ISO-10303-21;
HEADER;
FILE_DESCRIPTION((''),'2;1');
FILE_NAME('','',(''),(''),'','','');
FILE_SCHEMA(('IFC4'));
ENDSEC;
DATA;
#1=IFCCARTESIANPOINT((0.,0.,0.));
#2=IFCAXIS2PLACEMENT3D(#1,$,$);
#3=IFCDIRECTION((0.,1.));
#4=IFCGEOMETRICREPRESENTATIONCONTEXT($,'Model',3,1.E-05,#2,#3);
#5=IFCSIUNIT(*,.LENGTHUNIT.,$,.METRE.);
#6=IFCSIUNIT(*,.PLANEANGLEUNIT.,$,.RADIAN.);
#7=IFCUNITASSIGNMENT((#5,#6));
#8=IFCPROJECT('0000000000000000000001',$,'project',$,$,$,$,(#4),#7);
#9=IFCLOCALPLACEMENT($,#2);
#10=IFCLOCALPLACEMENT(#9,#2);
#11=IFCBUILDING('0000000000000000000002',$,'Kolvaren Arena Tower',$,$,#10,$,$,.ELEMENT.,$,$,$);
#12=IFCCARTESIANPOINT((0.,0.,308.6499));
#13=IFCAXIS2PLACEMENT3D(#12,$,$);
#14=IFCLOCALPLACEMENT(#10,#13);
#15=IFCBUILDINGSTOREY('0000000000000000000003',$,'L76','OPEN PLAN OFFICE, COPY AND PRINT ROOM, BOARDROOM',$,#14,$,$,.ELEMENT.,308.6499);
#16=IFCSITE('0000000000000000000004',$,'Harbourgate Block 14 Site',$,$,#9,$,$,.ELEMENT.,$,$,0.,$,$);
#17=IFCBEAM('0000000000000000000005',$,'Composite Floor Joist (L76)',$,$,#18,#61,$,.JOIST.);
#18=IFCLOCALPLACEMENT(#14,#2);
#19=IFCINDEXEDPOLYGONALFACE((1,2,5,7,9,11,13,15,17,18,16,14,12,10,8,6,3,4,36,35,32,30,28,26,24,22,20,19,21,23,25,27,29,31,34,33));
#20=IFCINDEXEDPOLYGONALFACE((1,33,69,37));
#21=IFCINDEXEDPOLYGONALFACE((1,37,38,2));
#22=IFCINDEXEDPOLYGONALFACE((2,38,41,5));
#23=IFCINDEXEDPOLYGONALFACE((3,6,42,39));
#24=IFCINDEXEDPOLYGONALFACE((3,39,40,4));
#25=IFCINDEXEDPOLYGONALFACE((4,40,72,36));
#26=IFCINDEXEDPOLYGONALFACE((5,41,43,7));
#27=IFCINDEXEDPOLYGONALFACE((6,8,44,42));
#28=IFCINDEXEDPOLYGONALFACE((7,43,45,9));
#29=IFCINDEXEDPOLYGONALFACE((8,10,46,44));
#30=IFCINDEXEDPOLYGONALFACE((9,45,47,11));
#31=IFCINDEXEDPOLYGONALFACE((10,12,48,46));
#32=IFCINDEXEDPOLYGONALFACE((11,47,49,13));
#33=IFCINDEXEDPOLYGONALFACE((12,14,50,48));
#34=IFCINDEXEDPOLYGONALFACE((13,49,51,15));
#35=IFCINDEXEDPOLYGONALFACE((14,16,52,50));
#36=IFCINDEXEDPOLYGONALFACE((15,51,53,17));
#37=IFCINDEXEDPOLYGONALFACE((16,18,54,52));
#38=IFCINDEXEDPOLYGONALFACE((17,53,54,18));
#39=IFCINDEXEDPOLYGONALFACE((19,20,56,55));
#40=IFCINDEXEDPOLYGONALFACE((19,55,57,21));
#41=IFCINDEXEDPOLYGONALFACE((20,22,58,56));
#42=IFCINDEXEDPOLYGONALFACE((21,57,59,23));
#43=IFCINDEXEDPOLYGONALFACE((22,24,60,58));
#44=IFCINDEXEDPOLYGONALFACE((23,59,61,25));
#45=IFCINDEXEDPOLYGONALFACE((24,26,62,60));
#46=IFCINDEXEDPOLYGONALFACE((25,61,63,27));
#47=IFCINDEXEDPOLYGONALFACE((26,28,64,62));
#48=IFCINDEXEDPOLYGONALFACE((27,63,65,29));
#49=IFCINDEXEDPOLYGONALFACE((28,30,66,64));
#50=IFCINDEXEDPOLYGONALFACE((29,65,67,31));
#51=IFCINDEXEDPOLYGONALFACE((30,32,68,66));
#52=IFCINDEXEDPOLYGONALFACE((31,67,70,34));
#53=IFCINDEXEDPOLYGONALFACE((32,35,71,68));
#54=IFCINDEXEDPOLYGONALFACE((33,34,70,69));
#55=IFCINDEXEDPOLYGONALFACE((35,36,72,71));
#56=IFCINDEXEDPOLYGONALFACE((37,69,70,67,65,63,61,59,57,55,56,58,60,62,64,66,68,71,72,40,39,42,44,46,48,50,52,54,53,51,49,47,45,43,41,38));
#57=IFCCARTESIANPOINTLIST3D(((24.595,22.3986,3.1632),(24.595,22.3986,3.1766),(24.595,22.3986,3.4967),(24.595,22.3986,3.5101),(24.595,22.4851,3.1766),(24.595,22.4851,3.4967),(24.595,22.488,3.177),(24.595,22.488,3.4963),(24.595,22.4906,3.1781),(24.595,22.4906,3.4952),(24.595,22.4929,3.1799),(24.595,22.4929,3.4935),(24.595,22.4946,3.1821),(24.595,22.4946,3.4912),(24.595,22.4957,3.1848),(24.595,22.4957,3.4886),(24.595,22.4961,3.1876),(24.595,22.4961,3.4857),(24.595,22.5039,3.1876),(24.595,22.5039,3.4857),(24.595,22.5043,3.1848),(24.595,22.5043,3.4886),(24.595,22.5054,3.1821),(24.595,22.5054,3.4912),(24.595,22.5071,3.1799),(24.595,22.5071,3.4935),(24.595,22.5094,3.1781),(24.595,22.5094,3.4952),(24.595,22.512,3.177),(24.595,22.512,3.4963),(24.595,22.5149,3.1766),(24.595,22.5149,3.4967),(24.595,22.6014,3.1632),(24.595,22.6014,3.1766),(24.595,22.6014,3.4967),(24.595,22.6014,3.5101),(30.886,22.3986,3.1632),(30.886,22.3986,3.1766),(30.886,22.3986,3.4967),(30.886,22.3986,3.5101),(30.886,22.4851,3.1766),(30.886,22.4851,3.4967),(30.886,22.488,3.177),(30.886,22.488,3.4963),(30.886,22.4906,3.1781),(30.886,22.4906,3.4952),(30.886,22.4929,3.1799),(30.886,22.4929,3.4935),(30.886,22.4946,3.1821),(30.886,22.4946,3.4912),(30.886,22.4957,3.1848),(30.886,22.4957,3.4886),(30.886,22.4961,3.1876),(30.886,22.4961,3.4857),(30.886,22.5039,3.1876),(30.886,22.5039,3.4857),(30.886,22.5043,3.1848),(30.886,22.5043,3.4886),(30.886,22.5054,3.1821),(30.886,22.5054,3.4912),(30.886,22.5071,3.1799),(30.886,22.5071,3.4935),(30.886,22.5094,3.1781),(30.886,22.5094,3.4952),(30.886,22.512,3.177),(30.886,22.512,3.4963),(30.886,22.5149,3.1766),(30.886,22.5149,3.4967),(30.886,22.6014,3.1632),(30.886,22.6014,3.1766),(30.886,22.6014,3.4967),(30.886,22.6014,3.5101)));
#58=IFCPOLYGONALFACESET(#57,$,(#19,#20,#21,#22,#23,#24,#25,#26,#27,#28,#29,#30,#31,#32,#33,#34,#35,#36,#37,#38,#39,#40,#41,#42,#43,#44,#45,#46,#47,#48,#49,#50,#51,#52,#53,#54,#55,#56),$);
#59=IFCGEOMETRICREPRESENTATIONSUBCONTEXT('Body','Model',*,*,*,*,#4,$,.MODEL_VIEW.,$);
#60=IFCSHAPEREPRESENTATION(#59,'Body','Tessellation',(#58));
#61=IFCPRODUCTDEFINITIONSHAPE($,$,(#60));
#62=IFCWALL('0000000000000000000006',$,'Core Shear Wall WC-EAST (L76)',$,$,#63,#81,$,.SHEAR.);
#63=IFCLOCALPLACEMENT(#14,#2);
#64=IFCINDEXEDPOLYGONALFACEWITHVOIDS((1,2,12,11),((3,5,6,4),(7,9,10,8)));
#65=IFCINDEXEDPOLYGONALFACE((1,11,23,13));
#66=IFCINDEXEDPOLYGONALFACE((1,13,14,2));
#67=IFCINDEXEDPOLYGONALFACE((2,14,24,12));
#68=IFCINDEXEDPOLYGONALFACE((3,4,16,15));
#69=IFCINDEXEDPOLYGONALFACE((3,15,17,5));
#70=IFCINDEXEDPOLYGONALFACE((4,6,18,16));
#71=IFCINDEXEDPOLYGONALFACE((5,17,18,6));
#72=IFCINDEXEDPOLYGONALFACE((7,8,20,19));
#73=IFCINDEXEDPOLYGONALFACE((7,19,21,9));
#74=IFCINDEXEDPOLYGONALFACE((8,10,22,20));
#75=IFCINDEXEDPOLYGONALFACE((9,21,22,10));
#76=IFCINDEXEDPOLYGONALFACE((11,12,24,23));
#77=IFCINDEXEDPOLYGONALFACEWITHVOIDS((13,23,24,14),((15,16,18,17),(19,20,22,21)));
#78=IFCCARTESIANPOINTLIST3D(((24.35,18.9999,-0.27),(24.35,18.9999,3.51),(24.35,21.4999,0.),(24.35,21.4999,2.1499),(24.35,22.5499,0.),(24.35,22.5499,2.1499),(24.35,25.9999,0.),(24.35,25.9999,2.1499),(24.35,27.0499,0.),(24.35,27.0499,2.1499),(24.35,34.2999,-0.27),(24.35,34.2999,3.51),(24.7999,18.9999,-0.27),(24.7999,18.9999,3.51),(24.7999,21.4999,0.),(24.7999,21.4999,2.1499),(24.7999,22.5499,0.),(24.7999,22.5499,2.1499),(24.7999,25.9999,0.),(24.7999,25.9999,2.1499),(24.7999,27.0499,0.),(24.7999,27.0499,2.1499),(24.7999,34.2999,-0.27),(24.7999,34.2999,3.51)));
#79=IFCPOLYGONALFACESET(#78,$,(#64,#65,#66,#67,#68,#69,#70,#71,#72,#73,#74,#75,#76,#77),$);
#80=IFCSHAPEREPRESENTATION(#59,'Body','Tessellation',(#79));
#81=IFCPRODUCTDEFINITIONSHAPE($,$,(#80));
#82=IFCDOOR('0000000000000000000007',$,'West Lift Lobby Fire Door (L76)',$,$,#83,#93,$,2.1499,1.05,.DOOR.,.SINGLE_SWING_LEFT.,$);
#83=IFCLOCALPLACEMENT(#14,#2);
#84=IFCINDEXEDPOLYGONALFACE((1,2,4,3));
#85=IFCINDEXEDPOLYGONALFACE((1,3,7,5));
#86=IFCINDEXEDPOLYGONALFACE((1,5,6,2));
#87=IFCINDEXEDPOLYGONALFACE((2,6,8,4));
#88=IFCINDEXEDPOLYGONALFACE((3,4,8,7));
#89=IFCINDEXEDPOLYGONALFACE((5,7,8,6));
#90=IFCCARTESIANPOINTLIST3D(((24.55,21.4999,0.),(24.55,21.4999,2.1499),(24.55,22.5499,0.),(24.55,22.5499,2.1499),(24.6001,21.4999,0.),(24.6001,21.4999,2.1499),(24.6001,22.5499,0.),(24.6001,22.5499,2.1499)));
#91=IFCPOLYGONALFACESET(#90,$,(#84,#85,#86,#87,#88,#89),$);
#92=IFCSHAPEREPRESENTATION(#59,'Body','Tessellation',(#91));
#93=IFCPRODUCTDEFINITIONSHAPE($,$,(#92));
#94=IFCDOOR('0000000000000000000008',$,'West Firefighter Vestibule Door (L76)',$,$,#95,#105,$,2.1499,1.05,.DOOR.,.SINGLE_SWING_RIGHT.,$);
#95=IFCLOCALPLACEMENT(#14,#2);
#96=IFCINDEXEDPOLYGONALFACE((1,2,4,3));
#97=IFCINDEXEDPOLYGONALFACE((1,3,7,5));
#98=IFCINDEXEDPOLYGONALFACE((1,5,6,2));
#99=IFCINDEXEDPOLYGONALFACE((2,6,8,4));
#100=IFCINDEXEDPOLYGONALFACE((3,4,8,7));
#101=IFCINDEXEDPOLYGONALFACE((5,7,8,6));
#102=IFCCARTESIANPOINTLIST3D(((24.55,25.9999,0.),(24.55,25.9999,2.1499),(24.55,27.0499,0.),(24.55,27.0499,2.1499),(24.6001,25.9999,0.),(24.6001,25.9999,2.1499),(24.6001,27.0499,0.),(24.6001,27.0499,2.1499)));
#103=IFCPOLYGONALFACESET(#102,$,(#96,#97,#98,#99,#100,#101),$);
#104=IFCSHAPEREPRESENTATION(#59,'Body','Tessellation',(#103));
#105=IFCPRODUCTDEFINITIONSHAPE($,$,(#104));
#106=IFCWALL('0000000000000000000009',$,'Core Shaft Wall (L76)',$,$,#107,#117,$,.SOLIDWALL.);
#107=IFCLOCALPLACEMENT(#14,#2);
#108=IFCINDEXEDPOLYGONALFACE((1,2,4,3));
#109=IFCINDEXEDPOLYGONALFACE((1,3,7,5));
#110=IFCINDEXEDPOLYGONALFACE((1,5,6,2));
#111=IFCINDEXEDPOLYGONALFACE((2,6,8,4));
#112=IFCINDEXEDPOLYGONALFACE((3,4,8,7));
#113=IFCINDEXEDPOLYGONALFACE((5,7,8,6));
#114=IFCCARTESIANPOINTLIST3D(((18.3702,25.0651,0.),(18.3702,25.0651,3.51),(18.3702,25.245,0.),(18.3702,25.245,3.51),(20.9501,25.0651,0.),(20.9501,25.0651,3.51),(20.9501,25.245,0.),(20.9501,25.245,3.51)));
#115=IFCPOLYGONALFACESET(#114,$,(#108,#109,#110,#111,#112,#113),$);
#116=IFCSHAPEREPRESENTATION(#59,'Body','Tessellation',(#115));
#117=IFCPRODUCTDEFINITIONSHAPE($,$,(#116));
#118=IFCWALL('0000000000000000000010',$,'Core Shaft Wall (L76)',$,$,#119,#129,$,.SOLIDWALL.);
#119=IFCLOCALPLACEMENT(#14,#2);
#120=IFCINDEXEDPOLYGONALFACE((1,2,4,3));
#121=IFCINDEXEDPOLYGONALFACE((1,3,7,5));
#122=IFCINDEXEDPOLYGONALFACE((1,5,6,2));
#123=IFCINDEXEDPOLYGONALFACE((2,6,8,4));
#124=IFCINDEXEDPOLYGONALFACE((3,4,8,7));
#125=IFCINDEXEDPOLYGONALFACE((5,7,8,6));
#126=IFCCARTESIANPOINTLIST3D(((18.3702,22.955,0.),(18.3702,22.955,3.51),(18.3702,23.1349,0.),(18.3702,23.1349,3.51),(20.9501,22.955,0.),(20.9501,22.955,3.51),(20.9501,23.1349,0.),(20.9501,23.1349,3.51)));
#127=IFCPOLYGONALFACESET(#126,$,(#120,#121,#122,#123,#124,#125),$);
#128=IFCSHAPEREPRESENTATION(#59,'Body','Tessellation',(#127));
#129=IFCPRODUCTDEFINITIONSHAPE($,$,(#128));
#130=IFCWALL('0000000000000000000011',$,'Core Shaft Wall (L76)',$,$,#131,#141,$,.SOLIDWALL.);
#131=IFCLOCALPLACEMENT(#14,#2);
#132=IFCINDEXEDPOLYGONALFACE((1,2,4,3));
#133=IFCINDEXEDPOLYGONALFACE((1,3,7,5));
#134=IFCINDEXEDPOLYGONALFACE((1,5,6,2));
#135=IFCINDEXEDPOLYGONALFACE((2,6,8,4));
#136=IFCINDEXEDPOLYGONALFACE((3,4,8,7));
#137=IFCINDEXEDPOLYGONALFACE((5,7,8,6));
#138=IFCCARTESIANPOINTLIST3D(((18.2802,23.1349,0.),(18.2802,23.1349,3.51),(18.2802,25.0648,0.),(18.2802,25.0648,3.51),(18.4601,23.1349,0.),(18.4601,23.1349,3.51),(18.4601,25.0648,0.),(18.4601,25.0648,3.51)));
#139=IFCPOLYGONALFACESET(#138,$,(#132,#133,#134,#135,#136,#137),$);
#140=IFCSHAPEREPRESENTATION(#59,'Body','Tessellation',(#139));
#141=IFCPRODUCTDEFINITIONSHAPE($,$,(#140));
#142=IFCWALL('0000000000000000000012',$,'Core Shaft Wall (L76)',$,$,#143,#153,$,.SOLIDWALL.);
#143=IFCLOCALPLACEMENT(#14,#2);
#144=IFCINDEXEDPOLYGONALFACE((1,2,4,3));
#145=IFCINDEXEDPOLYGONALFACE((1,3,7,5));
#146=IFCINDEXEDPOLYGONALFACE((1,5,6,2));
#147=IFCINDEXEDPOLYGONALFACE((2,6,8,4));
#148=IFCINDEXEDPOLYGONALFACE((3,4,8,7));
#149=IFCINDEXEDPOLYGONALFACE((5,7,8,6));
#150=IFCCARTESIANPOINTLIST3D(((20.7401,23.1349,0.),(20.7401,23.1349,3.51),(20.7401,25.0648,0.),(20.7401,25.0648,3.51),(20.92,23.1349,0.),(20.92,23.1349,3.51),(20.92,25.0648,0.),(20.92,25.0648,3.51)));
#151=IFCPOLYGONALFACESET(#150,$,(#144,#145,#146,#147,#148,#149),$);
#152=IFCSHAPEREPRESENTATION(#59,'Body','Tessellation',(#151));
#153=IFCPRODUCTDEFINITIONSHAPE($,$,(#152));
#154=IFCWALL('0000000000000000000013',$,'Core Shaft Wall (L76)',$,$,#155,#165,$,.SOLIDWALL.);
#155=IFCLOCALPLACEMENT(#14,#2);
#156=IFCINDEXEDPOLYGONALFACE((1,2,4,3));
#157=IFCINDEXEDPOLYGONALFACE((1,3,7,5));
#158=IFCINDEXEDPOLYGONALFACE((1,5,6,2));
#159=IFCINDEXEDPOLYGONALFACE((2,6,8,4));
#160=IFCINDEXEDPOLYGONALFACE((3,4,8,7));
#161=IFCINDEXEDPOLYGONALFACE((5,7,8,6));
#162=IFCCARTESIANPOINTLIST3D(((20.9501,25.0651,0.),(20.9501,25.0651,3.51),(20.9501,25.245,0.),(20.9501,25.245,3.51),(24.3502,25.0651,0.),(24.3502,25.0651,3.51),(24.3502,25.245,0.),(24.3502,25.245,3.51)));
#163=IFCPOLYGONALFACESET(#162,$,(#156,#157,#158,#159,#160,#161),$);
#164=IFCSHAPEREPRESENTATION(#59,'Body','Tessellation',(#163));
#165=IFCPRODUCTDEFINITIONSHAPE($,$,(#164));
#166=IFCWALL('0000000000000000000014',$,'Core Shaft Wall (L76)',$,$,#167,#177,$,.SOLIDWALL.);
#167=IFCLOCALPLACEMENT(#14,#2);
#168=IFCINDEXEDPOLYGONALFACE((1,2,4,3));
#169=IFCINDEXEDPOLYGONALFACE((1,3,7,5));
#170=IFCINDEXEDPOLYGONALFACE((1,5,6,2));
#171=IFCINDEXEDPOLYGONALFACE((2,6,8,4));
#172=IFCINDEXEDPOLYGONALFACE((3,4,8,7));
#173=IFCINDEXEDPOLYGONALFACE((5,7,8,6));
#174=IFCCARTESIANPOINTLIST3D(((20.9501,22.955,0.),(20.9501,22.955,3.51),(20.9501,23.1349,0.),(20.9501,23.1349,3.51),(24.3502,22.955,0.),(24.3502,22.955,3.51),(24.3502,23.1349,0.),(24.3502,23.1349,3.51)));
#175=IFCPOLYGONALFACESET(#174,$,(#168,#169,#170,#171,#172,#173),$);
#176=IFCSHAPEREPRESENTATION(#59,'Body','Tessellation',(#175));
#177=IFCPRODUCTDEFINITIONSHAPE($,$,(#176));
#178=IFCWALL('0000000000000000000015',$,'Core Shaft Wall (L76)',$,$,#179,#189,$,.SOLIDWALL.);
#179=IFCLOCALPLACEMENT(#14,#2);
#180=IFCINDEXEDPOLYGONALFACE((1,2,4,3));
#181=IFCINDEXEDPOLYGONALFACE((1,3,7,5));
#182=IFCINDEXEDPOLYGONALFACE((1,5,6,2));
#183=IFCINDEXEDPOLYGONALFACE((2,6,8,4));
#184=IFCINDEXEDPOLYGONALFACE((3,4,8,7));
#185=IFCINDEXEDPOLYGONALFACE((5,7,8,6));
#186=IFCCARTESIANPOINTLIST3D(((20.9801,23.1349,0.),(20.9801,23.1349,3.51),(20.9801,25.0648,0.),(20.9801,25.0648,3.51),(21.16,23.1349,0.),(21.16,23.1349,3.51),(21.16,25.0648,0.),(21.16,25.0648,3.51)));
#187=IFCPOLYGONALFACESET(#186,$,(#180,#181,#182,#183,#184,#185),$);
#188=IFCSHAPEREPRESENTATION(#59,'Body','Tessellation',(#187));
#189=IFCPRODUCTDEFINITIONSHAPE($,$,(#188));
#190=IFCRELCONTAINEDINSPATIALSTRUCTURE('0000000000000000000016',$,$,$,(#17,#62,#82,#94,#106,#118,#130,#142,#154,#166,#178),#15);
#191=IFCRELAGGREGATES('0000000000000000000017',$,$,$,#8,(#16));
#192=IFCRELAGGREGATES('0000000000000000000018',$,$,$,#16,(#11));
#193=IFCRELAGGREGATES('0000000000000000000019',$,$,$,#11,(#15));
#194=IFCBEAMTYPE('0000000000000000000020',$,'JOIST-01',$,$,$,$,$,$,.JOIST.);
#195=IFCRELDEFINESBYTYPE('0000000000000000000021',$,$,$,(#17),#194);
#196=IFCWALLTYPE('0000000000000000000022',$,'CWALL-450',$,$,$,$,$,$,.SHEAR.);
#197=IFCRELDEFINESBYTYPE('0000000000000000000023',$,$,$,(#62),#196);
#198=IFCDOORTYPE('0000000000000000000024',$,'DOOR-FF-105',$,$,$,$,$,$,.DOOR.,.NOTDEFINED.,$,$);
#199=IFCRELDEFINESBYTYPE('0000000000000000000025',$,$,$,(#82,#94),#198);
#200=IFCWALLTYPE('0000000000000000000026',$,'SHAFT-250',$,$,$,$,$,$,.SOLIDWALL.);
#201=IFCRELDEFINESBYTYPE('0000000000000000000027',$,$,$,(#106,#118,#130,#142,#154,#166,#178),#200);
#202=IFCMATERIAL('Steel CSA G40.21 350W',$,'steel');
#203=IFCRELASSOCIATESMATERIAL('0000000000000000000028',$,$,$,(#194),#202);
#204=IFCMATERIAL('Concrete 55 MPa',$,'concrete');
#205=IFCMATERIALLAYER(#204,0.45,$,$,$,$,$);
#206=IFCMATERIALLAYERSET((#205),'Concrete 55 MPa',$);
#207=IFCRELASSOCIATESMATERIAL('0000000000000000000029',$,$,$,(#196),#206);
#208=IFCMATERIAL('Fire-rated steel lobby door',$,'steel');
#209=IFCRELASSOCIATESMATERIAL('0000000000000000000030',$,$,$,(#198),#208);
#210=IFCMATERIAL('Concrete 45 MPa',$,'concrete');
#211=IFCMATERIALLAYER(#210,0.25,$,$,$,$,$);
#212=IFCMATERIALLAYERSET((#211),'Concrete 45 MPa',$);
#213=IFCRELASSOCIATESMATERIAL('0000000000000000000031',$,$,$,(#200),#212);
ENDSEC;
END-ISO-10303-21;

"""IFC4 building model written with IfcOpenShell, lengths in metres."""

from ifc_helpers import new_model, si_unit, direction, frame, frame_2d, origin, origin_2d, place, context, subcontext, project, spatial, rectangle, i_section, extrude, material, layer, layer_set, material_profile, profile_set, type_object, element, fill, save


model = new_model("IFC4")

# Units and contexts
model_context = context("Model", 3, precision=1e-05, world=origin(), true_north=direction((0.0, 1.0)))
body_context = subcontext(model_context, "Body", "Model", "MODEL_VIEW")
ifc_project = project(units=[si_unit("LENGTHUNIT", "METRE"), si_unit("PLANEANGLEUNIT", "RADIAN")], contexts=[model_context])

# Site, building, storey
site_placement = place(None, origin())
site = spatial("IfcSite", under=ifc_project, at=site_placement, Name="Harbourgate Block 14 Site", CompositionType="ELEMENT", RefElevation=0.0)
building_placement = place(site_placement, origin())
building = spatial("IfcBuilding", under=site, at=building_placement, Name="Kolvaren Arena Tower", CompositionType="ELEMENT")
storey_placement = place(building_placement, frame((0.0, 0.0, 308.6499)))
storey = spatial("IfcBuildingStorey", under=building, at=storey_placement, Name="L76", Description="OPEN PLAN OFFICE, COPY AND PRINT ROOM, BOARDROOM", CompositionType="ELEMENT", Elevation=308.6499)

# Beam
ifc_material_1 = material(Name="Steel CSA G40.21 350W", Category="steel")
ifc_material_profile_1 = material_profile(ifc_material_1, i_section(OverallWidth=0.2029, OverallDepth=0.3469, WebThickness=0.0078, FlangeThickness=0.0134, FilletRadius=0.011, at=origin_2d()), Name="W360x64")
ifc_profile_set_1 = profile_set([ifc_material_profile_1], Name="Steel CSA G40.21 350W")
beam_type_1 = type_object("IfcBeamType", Name="JOIST-01", PredefinedType="JOIST", material=ifc_profile_set_1)
beam_1_placement = place(storey_placement, frame((24.595, 22.5, 3.3367), z_axis=(1.0, 0.0, 0.0), x_axis=(0.0, 1.0, 0.0)))
element("IfcBeam", 1, at=beam_1_placement, inside=storey, type_object=beam_type_1, Name="Composite Floor Joist (L76)", PredefinedType="JOIST", context=body_context, shape_type="SweptSolid", body=[
    extrude(i_section(OverallWidth=0.2029, OverallDepth=0.3469, WebThickness=0.0078, FlangeThickness=0.0134, FilletRadius=0.011, at=origin_2d()), origin(), (0.0, 0.0, 1.0), 6.291),
])

# Wall, openings, doors
ifc_material_2 = material(Name="Concrete 55 MPa", Category="concrete")
ifc_layer_1 = layer(ifc_material_2, 0.45)
ifc_layer_set_1 = layer_set([ifc_layer_1], Name="Concrete 55 MPa")
wall_type_1 = type_object("IfcWallType", Name="CWALL-450", PredefinedType="SHEAR", material=ifc_layer_set_1)
wall_1_placement = place(storey_placement, frame((24.575, 19.0, -0.27), z_axis=(0.0, 0.0, 1.0), x_axis=(0.0, 1.0, 0.0)))
wall_1 = element("IfcWall", 2, at=wall_1_placement, inside=storey, type_object=wall_type_1, Name="Core Shear Wall WC-EAST (L76)", PredefinedType="SHEAR", context=body_context, shape_type="SweptSolid", body=[
    extrude(rectangle(XDim=15.3, YDim=0.45, at=frame_2d((7.6499, 0.0))), origin(), (0.0, 0.0, 1.0), 3.78),
])
opening_1_placement = place(wall_1_placement, frame((2.5, 0.0, 0.27)))
opening_1 = element("IfcOpeningElement", 3, at=opening_1_placement, cuts=wall_1, PredefinedType="OPENING", context=body_context, shape_type="SweptSolid", body=[
    extrude(rectangle(XDim=1.05, YDim=2.1499, at=frame_2d((0.5249, 1.075))), frame((0.0, 0.2349, 0.0), z_axis=(0.0, -1.0, 0.0), x_axis=(1.0, 0.0, 0.0)), (0.0, 0.0, 1.0), 0.47),
])
opening_2_placement = place(wall_1_placement, frame((7.0, 0.0, 0.27)))
opening_2 = element("IfcOpeningElement", 4, at=opening_2_placement, cuts=wall_1, PredefinedType="OPENING", context=body_context, shape_type="SweptSolid", body=[
    extrude(rectangle(XDim=1.05, YDim=2.1499, at=frame_2d((0.5249, 1.075))), frame((0.0, 0.2349, 0.0), z_axis=(0.0, -1.0, 0.0), x_axis=(1.0, 0.0, 0.0)), (0.0, 0.0, 1.0), 0.47),
])
ifc_material_3 = material(Name="Fire-rated steel lobby door", Category="steel")
door_type = type_object("IfcDoorType", Name="DOOR-FF-105", OperationType="NOTDEFINED", PredefinedType="DOOR", material=ifc_material_3)
door_1_placement = place(opening_1_placement, origin())
door_1 = element("IfcDoor", 5, at=door_1_placement, inside=storey, type_object=door_type, Name="West Lift Lobby Fire Door (L76)", OperationType="SINGLE_SWING_LEFT", OverallHeight=2.1499, OverallWidth=1.05, PredefinedType="DOOR", context=body_context, shape_type="SweptSolid", body=[
    extrude(rectangle(XDim=1.05, YDim=2.1499, at=frame_2d((0.5249, 1.075))), frame((0.0, 0.0249, 0.0), z_axis=(0.0, -1.0, 0.0), x_axis=(1.0, 0.0, 0.0)), (0.0, 0.0, 1.0), 0.05),
])
fill(opening_1, door_1)
door_2_placement = place(opening_2_placement, origin())
door_2 = element("IfcDoor", 6, at=door_2_placement, inside=storey, type_object=door_type, Name="West Firefighter Vestibule Door (L76)", OperationType="SINGLE_SWING_RIGHT", OverallHeight=2.1499, OverallWidth=1.05, PredefinedType="DOOR", context=body_context, shape_type="SweptSolid", body=[
    extrude(rectangle(XDim=1.05, YDim=2.1499, at=frame_2d((0.5249, 1.075))), frame((0.0, 0.0249, 0.0), z_axis=(0.0, -1.0, 0.0), x_axis=(1.0, 0.0, 0.0)), (0.0, 0.0, 1.0), 0.05),
])
fill(opening_2, door_2)

# Walls
ifc_material_4 = material(Name="Concrete 45 MPa", Category="concrete")
ifc_layer_2 = layer(ifc_material_4, 0.25)
ifc_layer_set_2 = layer_set([ifc_layer_2], Name="Concrete 45 MPa")
wall_type_2 = type_object("IfcWallType", Name="SHAFT-250", PredefinedType="SOLIDWALL", material=ifc_layer_set_2)
for number, where, z_axis, x_axis, name in (
    (7, (18.3701, 25.155, 0.0), (0.0, 0.0, 1.0), (1.0, 0.0, 0.0), "Core Shaft Wall (L76)"),
    (8, (18.3701, 23.0449, 0.0), (0.0, 0.0, 1.0), (1.0, 0.0, 0.0), "Core Shaft Wall (L76)"),
):
    element("IfcWall", number, at=place(storey_placement, frame(where, z_axis=z_axis, x_axis=x_axis)), inside=storey, type_object=wall_type_2, Name=name, PredefinedType="SOLIDWALL", context=body_context, shape_type="SweptSolid", body=[
        extrude(rectangle(XDim=2.5798, YDim=0.1799, at=frame_2d((1.29, 0.0))), origin(), (0.0, 0.0, 1.0), 3.51),
    ])
for number, where, z_axis, x_axis, name in (
    (9, (18.3701, 23.135, 0.0), (0.0, 0.0, 1.0), (0.0, 1.0, 0.0), "Core Shaft Wall (L76)"),
    (10, (20.8301, 23.135, 0.0), (0.0, 0.0, 1.0), (0.0, 1.0, 0.0), "Core Shaft Wall (L76)"),
):
    element("IfcWall", number, at=place(storey_placement, frame(where, z_axis=z_axis, x_axis=x_axis)), inside=storey, type_object=wall_type_2, Name=name, PredefinedType="SOLIDWALL", context=body_context, shape_type="SweptSolid", body=[
        extrude(rectangle(XDim=1.9299, YDim=0.1799, at=frame_2d((0.9648, 0.0))), origin(), (0.0, 0.0, 1.0), 3.51),
    ])
for number, where, z_axis, x_axis, name in (
    (11, (20.95, 25.155, 0.0), (0.0, 0.0, 1.0), (1.0, 0.0, 0.0), "Core Shaft Wall (L76)"),
    (12, (20.95, 23.0449, 0.0), (0.0, 0.0, 1.0), (1.0, 0.0, 0.0), "Core Shaft Wall (L76)"),
):
    element("IfcWall", number, at=place(storey_placement, frame(where, z_axis=z_axis, x_axis=x_axis)), inside=storey, type_object=wall_type_2, Name=name, PredefinedType="SOLIDWALL", context=body_context, shape_type="SweptSolid", body=[
        extrude(rectangle(XDim=3.4001, YDim=0.1799, at=frame_2d((1.7002, 0.0))), origin(), (0.0, 0.0, 1.0), 3.51),
    ])
for number, where, z_axis, x_axis, name in (
    (13, (21.0701, 23.135, 0.0), (0.0, 0.0, 1.0), (0.0, 1.0, 0.0), "Core Shaft Wall (L76)"),
):
    element("IfcWall", number, at=place(storey_placement, frame(where, z_axis=z_axis, x_axis=x_axis)), inside=storey, type_object=wall_type_2, Name=name, PredefinedType="SOLIDWALL", context=body_context, shape_type="SweptSolid", body=[
        extrude(rectangle(XDim=1.9299, YDim=0.1799, at=frame_2d((0.9648, 0.0))), origin(), (0.0, 0.0, 1.0), 3.51),
    ])

save(model, "model.ifc")
